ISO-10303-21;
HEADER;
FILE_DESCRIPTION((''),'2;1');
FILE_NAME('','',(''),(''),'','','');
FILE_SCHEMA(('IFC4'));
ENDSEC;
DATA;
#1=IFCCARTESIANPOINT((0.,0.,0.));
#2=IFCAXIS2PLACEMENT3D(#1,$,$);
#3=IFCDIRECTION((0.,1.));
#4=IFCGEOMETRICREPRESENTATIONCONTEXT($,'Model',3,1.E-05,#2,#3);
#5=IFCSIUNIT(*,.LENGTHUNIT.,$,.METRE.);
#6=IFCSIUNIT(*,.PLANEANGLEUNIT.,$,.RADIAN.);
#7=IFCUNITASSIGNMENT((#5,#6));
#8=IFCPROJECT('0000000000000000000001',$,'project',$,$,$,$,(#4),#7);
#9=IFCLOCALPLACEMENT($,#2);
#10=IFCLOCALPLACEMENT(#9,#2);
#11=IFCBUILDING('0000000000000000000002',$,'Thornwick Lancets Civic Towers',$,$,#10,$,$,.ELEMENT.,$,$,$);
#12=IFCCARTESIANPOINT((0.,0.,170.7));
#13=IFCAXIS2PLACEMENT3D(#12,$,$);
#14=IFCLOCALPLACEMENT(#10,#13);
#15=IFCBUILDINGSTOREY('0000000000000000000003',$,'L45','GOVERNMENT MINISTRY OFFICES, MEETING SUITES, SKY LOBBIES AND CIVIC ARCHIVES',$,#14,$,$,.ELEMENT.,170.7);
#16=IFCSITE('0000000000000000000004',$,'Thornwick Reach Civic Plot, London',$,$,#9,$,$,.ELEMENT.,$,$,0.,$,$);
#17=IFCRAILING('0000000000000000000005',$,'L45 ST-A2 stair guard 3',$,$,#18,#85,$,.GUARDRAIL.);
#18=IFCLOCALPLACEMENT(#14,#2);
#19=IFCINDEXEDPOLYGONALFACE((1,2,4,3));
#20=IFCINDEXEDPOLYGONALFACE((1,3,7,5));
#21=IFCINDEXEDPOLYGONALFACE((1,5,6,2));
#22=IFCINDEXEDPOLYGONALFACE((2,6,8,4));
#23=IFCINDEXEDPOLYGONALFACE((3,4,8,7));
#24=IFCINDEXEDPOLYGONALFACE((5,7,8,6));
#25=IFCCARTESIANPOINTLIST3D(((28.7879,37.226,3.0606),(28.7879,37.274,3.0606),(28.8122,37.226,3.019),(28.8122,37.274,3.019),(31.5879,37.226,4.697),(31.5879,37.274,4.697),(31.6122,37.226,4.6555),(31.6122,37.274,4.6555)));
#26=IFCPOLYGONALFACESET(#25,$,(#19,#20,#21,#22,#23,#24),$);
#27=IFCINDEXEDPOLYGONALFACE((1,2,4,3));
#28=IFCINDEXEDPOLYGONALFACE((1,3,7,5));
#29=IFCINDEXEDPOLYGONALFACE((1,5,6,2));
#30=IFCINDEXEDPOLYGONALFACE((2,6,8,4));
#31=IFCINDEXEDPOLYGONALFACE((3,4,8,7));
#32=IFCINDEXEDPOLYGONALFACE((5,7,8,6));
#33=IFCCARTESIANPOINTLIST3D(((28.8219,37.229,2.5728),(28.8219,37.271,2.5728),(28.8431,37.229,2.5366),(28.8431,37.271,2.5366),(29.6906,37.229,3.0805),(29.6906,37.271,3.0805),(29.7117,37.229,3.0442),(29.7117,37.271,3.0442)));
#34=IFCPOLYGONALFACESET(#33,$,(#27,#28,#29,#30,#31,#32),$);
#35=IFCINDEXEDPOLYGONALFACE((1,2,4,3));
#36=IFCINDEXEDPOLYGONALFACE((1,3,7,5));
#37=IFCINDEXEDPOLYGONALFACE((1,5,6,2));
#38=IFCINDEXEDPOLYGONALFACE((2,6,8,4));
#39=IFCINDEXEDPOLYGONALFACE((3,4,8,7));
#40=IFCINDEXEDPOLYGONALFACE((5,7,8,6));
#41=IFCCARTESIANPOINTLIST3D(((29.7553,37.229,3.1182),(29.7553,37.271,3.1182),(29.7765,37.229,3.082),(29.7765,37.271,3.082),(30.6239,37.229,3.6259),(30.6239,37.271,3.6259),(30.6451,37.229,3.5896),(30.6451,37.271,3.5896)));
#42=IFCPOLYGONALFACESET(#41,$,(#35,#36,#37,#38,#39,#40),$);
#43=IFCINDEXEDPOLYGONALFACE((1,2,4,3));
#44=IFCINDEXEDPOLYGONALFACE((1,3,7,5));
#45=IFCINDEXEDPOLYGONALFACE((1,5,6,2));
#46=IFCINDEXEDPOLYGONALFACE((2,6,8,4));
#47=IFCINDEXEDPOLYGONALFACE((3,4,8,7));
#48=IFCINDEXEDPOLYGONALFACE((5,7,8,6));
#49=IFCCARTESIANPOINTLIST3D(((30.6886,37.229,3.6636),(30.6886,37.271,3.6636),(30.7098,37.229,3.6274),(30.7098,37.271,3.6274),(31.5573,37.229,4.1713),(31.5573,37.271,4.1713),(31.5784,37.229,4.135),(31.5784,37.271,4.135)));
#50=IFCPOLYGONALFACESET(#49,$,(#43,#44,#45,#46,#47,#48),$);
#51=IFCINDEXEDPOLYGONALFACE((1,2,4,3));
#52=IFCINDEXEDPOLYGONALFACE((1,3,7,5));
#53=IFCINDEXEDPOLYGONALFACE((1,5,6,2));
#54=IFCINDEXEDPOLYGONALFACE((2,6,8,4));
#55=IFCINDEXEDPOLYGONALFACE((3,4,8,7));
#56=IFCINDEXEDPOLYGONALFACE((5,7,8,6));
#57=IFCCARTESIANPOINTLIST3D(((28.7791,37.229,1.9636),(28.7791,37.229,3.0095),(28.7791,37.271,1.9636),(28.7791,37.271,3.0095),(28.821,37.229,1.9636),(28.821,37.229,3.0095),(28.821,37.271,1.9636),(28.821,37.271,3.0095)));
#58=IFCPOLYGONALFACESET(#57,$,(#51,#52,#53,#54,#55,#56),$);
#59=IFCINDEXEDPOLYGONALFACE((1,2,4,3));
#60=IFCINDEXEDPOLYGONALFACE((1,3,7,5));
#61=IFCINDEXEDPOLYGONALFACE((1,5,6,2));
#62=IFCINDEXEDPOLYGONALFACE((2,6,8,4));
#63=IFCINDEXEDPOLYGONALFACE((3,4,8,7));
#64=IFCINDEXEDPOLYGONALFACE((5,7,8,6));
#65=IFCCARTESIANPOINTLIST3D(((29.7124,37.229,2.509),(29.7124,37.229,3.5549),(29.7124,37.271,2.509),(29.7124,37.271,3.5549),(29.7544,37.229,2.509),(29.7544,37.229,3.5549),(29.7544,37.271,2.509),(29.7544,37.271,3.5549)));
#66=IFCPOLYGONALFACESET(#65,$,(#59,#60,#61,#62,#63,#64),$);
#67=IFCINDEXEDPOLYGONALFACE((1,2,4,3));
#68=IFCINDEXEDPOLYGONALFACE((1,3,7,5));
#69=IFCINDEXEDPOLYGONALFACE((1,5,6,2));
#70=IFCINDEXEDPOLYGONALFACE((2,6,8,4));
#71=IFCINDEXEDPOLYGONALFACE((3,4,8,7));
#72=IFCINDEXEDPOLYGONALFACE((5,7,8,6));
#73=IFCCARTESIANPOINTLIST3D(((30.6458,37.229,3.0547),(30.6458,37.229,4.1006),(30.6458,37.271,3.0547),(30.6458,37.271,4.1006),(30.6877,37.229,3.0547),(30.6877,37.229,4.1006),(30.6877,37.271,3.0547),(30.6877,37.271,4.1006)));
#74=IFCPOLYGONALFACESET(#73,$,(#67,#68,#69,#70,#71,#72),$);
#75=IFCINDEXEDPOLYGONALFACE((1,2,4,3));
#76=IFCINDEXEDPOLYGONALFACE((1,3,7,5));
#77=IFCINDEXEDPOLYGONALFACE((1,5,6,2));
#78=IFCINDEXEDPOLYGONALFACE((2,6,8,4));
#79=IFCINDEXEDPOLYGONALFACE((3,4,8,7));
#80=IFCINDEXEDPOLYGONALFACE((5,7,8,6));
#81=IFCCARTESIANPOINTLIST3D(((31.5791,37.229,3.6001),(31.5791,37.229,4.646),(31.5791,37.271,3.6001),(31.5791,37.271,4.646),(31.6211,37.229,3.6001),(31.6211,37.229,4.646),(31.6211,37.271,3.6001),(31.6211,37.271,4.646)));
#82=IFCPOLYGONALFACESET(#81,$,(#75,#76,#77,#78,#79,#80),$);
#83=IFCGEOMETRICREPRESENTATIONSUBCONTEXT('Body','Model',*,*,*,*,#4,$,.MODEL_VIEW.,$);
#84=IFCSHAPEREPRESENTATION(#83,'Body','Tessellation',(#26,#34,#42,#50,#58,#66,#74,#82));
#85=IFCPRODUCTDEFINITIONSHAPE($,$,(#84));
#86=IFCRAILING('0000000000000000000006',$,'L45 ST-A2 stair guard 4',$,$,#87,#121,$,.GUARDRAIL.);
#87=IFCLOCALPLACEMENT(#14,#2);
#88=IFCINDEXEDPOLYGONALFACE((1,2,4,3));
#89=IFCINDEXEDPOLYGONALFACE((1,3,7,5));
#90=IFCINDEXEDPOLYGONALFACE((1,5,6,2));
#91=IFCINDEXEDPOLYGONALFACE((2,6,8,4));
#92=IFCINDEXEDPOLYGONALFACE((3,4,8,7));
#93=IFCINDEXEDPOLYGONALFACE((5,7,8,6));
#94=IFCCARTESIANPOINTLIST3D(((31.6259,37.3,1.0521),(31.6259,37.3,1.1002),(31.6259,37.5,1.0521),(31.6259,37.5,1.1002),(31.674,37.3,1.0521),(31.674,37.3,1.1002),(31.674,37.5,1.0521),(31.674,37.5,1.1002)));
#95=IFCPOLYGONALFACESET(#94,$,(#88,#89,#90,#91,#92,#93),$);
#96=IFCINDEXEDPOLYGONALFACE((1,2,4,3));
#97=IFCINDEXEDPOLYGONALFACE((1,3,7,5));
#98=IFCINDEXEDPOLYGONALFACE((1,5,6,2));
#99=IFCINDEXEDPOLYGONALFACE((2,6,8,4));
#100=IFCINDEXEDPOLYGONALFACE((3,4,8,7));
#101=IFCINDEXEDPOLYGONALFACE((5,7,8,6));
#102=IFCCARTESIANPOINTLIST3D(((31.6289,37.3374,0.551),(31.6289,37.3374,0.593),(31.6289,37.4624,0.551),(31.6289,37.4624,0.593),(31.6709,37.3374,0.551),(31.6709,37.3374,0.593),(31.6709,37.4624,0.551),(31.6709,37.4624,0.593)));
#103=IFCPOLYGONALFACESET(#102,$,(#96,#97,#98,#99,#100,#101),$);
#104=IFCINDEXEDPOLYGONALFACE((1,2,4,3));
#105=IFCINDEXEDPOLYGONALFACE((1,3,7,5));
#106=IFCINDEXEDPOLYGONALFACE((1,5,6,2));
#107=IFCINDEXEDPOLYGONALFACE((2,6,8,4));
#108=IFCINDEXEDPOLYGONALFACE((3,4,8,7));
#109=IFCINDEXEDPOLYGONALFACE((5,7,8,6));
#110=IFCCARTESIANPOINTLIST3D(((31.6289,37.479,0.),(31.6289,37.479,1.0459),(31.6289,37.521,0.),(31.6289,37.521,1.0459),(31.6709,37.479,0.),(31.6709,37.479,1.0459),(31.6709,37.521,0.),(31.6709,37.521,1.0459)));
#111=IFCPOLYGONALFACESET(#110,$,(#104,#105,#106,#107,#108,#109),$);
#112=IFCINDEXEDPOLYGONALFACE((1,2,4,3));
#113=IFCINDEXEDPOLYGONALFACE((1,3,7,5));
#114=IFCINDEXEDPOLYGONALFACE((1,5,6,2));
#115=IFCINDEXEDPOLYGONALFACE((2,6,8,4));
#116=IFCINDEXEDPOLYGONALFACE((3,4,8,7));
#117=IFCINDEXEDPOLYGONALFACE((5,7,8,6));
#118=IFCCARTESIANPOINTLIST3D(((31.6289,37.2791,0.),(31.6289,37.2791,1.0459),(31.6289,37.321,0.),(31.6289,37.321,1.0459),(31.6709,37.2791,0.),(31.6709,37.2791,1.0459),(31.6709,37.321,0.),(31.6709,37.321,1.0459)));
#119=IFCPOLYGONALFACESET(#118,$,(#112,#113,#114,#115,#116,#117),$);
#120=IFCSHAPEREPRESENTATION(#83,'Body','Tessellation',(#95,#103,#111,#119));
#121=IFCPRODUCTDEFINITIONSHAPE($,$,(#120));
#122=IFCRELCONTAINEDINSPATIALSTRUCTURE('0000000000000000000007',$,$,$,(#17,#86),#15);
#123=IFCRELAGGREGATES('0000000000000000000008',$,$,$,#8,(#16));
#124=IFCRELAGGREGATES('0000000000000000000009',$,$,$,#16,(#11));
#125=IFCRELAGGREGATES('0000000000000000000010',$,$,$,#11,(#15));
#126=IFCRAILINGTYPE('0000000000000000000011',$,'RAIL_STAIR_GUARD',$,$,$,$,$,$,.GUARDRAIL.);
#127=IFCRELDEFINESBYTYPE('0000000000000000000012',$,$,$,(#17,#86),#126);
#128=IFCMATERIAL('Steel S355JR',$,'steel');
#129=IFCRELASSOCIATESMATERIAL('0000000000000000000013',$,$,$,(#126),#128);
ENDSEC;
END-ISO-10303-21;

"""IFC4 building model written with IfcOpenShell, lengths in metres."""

from ifc_helpers import new_model, si_unit, direction, frame, origin, origin_2d, place, context, subcontext, project, spatial, rectangle, extrude, material, type_object, element, save


model = new_model("IFC4")

# Units and contexts
model_context = context("Model", 3, precision=1e-05, world=origin(), true_north=direction((0.0, 1.0)))
body_context = subcontext(model_context, "Body", "Model", "MODEL_VIEW")
ifc_project = project(units=[si_unit("LENGTHUNIT", "METRE"), si_unit("PLANEANGLEUNIT", "RADIAN")], contexts=[model_context])

# Site, building, storey
site_placement = place(None, origin())
site = spatial("IfcSite", under=ifc_project, at=site_placement, Name="Thornwick Reach Civic Plot, London", CompositionType="ELEMENT", RefElevation=0.0)
building_placement = place(site_placement, origin())
building = spatial("IfcBuilding", under=site, at=building_placement, Name="Thornwick Lancets Civic Towers", CompositionType="ELEMENT")
storey_placement = place(building_placement, frame((0.0, 0.0, 170.7)))
storey = spatial("IfcBuildingStorey", under=building, at=storey_placement, Name="L45", Description="GOVERNMENT MINISTRY OFFICES, MEETING SUITES, SKY LOBBIES AND CIVIC ARCHIVES", CompositionType="ELEMENT", Elevation=170.7)

# Shared definitions
ifc_material_1 = material(Name="Steel S355JR", Category="steel")

# Railings
railing_type_1 = type_object("IfcRailingType", Name="RAIL_STAIR_GUARD", PredefinedType="GUARDRAIL", material=ifc_material_1)
railing_1_placement = place(storey_placement, frame((28.8, 37.25, 1.9636)))
element("IfcRailing", 1, at=railing_1_placement, inside=storey, type_object=railing_type_1, Name="L45 ST-A2 stair guard 3", PredefinedType="GUARDRAIL", context=body_context, shape_type="SweptSolid", body=[
    extrude(rectangle(XDim=0.0481, YDim=0.0481, at=origin_2d()), frame((0.0, 0.0, 1.0762), z_axis=(0.863361, 0.0, 0.504587), x_axis=(0.0, 1.0, 0.0)), (0.0, 0.0, 1.0), 3.2432),
    extrude(rectangle(XDim=0.042, YDim=0.042, at=origin_2d()), frame((0.0325, 0.0, 0.5911), z_axis=(0.863361, 0.0, 0.504587), x_axis=(0.0, 1.0, 0.0)), (0.0, 0.0, 1.0), 1.0061),
    extrude(rectangle(XDim=0.042, YDim=0.042, at=origin_2d()), frame((0.9658, 0.0, 1.1365), z_axis=(0.863361, 0.0, 0.504587), x_axis=(0.0, 1.0, 0.0)), (0.0, 0.0, 1.0), 1.0061),
    extrude(rectangle(XDim=0.042, YDim=0.042, at=origin_2d()), frame((1.8992, 0.0, 1.6819), z_axis=(0.863361, 0.0, 0.504587), x_axis=(0.0, 1.0, 0.0)), (0.0, 0.0, 1.0), 1.0061),
    extrude(rectangle(XDim=0.042, YDim=0.042, at=origin_2d()), origin(), (0.0, 0.0, 1.0), 1.0459),
    extrude(rectangle(XDim=0.042, YDim=0.042, at=origin_2d()), frame((0.9333, 0.0, 0.5454)), (0.0, 0.0, 1.0), 1.0459),
    extrude(rectangle(XDim=0.042, YDim=0.042, at=origin_2d()), frame((1.8667, 0.0, 1.0911)), (0.0, 0.0, 1.0), 1.0459),
    extrude(rectangle(XDim=0.042, YDim=0.042, at=origin_2d()), frame((2.8, 0.0, 1.6365)), (0.0, 0.0, 1.0), 1.0459),
])
railing_2_placement = place(storey_placement, frame((31.6499, 37.5, 0.0)))
element("IfcRailing", 2, at=railing_2_placement, inside=storey, type_object=railing_type_1, Name="L45 ST-A2 stair guard 4", PredefinedType="GUARDRAIL", context=body_context, shape_type="SweptSolid", body=[
    extrude(rectangle(XDim=0.0481, YDim=0.0481, at=origin_2d()), frame((0.0, 0.0, 1.0762), z_axis=(0.0, -1.0, 0.0), x_axis=(1.0, 0.0, 0.0)), (0.0, 0.0, 1.0), 0.2),
    extrude(rectangle(XDim=0.042, YDim=0.042, at=origin_2d()), frame((0.0, -0.0376, 0.572), z_axis=(0.0, -1.0, 0.0), x_axis=(1.0, 0.0, 0.0)), (0.0, 0.0, 1.0), 0.125),
    extrude(rectangle(XDim=0.042, YDim=0.042, at=origin_2d()), origin(), (0.0, 0.0, 1.0), 1.0459),
    extrude(rectangle(XDim=0.042, YDim=0.042, at=origin_2d()), frame((0.0, -0.2, 0.0)), (0.0, 0.0, 1.0), 1.0459),
])

save(model, "model.ifc")
